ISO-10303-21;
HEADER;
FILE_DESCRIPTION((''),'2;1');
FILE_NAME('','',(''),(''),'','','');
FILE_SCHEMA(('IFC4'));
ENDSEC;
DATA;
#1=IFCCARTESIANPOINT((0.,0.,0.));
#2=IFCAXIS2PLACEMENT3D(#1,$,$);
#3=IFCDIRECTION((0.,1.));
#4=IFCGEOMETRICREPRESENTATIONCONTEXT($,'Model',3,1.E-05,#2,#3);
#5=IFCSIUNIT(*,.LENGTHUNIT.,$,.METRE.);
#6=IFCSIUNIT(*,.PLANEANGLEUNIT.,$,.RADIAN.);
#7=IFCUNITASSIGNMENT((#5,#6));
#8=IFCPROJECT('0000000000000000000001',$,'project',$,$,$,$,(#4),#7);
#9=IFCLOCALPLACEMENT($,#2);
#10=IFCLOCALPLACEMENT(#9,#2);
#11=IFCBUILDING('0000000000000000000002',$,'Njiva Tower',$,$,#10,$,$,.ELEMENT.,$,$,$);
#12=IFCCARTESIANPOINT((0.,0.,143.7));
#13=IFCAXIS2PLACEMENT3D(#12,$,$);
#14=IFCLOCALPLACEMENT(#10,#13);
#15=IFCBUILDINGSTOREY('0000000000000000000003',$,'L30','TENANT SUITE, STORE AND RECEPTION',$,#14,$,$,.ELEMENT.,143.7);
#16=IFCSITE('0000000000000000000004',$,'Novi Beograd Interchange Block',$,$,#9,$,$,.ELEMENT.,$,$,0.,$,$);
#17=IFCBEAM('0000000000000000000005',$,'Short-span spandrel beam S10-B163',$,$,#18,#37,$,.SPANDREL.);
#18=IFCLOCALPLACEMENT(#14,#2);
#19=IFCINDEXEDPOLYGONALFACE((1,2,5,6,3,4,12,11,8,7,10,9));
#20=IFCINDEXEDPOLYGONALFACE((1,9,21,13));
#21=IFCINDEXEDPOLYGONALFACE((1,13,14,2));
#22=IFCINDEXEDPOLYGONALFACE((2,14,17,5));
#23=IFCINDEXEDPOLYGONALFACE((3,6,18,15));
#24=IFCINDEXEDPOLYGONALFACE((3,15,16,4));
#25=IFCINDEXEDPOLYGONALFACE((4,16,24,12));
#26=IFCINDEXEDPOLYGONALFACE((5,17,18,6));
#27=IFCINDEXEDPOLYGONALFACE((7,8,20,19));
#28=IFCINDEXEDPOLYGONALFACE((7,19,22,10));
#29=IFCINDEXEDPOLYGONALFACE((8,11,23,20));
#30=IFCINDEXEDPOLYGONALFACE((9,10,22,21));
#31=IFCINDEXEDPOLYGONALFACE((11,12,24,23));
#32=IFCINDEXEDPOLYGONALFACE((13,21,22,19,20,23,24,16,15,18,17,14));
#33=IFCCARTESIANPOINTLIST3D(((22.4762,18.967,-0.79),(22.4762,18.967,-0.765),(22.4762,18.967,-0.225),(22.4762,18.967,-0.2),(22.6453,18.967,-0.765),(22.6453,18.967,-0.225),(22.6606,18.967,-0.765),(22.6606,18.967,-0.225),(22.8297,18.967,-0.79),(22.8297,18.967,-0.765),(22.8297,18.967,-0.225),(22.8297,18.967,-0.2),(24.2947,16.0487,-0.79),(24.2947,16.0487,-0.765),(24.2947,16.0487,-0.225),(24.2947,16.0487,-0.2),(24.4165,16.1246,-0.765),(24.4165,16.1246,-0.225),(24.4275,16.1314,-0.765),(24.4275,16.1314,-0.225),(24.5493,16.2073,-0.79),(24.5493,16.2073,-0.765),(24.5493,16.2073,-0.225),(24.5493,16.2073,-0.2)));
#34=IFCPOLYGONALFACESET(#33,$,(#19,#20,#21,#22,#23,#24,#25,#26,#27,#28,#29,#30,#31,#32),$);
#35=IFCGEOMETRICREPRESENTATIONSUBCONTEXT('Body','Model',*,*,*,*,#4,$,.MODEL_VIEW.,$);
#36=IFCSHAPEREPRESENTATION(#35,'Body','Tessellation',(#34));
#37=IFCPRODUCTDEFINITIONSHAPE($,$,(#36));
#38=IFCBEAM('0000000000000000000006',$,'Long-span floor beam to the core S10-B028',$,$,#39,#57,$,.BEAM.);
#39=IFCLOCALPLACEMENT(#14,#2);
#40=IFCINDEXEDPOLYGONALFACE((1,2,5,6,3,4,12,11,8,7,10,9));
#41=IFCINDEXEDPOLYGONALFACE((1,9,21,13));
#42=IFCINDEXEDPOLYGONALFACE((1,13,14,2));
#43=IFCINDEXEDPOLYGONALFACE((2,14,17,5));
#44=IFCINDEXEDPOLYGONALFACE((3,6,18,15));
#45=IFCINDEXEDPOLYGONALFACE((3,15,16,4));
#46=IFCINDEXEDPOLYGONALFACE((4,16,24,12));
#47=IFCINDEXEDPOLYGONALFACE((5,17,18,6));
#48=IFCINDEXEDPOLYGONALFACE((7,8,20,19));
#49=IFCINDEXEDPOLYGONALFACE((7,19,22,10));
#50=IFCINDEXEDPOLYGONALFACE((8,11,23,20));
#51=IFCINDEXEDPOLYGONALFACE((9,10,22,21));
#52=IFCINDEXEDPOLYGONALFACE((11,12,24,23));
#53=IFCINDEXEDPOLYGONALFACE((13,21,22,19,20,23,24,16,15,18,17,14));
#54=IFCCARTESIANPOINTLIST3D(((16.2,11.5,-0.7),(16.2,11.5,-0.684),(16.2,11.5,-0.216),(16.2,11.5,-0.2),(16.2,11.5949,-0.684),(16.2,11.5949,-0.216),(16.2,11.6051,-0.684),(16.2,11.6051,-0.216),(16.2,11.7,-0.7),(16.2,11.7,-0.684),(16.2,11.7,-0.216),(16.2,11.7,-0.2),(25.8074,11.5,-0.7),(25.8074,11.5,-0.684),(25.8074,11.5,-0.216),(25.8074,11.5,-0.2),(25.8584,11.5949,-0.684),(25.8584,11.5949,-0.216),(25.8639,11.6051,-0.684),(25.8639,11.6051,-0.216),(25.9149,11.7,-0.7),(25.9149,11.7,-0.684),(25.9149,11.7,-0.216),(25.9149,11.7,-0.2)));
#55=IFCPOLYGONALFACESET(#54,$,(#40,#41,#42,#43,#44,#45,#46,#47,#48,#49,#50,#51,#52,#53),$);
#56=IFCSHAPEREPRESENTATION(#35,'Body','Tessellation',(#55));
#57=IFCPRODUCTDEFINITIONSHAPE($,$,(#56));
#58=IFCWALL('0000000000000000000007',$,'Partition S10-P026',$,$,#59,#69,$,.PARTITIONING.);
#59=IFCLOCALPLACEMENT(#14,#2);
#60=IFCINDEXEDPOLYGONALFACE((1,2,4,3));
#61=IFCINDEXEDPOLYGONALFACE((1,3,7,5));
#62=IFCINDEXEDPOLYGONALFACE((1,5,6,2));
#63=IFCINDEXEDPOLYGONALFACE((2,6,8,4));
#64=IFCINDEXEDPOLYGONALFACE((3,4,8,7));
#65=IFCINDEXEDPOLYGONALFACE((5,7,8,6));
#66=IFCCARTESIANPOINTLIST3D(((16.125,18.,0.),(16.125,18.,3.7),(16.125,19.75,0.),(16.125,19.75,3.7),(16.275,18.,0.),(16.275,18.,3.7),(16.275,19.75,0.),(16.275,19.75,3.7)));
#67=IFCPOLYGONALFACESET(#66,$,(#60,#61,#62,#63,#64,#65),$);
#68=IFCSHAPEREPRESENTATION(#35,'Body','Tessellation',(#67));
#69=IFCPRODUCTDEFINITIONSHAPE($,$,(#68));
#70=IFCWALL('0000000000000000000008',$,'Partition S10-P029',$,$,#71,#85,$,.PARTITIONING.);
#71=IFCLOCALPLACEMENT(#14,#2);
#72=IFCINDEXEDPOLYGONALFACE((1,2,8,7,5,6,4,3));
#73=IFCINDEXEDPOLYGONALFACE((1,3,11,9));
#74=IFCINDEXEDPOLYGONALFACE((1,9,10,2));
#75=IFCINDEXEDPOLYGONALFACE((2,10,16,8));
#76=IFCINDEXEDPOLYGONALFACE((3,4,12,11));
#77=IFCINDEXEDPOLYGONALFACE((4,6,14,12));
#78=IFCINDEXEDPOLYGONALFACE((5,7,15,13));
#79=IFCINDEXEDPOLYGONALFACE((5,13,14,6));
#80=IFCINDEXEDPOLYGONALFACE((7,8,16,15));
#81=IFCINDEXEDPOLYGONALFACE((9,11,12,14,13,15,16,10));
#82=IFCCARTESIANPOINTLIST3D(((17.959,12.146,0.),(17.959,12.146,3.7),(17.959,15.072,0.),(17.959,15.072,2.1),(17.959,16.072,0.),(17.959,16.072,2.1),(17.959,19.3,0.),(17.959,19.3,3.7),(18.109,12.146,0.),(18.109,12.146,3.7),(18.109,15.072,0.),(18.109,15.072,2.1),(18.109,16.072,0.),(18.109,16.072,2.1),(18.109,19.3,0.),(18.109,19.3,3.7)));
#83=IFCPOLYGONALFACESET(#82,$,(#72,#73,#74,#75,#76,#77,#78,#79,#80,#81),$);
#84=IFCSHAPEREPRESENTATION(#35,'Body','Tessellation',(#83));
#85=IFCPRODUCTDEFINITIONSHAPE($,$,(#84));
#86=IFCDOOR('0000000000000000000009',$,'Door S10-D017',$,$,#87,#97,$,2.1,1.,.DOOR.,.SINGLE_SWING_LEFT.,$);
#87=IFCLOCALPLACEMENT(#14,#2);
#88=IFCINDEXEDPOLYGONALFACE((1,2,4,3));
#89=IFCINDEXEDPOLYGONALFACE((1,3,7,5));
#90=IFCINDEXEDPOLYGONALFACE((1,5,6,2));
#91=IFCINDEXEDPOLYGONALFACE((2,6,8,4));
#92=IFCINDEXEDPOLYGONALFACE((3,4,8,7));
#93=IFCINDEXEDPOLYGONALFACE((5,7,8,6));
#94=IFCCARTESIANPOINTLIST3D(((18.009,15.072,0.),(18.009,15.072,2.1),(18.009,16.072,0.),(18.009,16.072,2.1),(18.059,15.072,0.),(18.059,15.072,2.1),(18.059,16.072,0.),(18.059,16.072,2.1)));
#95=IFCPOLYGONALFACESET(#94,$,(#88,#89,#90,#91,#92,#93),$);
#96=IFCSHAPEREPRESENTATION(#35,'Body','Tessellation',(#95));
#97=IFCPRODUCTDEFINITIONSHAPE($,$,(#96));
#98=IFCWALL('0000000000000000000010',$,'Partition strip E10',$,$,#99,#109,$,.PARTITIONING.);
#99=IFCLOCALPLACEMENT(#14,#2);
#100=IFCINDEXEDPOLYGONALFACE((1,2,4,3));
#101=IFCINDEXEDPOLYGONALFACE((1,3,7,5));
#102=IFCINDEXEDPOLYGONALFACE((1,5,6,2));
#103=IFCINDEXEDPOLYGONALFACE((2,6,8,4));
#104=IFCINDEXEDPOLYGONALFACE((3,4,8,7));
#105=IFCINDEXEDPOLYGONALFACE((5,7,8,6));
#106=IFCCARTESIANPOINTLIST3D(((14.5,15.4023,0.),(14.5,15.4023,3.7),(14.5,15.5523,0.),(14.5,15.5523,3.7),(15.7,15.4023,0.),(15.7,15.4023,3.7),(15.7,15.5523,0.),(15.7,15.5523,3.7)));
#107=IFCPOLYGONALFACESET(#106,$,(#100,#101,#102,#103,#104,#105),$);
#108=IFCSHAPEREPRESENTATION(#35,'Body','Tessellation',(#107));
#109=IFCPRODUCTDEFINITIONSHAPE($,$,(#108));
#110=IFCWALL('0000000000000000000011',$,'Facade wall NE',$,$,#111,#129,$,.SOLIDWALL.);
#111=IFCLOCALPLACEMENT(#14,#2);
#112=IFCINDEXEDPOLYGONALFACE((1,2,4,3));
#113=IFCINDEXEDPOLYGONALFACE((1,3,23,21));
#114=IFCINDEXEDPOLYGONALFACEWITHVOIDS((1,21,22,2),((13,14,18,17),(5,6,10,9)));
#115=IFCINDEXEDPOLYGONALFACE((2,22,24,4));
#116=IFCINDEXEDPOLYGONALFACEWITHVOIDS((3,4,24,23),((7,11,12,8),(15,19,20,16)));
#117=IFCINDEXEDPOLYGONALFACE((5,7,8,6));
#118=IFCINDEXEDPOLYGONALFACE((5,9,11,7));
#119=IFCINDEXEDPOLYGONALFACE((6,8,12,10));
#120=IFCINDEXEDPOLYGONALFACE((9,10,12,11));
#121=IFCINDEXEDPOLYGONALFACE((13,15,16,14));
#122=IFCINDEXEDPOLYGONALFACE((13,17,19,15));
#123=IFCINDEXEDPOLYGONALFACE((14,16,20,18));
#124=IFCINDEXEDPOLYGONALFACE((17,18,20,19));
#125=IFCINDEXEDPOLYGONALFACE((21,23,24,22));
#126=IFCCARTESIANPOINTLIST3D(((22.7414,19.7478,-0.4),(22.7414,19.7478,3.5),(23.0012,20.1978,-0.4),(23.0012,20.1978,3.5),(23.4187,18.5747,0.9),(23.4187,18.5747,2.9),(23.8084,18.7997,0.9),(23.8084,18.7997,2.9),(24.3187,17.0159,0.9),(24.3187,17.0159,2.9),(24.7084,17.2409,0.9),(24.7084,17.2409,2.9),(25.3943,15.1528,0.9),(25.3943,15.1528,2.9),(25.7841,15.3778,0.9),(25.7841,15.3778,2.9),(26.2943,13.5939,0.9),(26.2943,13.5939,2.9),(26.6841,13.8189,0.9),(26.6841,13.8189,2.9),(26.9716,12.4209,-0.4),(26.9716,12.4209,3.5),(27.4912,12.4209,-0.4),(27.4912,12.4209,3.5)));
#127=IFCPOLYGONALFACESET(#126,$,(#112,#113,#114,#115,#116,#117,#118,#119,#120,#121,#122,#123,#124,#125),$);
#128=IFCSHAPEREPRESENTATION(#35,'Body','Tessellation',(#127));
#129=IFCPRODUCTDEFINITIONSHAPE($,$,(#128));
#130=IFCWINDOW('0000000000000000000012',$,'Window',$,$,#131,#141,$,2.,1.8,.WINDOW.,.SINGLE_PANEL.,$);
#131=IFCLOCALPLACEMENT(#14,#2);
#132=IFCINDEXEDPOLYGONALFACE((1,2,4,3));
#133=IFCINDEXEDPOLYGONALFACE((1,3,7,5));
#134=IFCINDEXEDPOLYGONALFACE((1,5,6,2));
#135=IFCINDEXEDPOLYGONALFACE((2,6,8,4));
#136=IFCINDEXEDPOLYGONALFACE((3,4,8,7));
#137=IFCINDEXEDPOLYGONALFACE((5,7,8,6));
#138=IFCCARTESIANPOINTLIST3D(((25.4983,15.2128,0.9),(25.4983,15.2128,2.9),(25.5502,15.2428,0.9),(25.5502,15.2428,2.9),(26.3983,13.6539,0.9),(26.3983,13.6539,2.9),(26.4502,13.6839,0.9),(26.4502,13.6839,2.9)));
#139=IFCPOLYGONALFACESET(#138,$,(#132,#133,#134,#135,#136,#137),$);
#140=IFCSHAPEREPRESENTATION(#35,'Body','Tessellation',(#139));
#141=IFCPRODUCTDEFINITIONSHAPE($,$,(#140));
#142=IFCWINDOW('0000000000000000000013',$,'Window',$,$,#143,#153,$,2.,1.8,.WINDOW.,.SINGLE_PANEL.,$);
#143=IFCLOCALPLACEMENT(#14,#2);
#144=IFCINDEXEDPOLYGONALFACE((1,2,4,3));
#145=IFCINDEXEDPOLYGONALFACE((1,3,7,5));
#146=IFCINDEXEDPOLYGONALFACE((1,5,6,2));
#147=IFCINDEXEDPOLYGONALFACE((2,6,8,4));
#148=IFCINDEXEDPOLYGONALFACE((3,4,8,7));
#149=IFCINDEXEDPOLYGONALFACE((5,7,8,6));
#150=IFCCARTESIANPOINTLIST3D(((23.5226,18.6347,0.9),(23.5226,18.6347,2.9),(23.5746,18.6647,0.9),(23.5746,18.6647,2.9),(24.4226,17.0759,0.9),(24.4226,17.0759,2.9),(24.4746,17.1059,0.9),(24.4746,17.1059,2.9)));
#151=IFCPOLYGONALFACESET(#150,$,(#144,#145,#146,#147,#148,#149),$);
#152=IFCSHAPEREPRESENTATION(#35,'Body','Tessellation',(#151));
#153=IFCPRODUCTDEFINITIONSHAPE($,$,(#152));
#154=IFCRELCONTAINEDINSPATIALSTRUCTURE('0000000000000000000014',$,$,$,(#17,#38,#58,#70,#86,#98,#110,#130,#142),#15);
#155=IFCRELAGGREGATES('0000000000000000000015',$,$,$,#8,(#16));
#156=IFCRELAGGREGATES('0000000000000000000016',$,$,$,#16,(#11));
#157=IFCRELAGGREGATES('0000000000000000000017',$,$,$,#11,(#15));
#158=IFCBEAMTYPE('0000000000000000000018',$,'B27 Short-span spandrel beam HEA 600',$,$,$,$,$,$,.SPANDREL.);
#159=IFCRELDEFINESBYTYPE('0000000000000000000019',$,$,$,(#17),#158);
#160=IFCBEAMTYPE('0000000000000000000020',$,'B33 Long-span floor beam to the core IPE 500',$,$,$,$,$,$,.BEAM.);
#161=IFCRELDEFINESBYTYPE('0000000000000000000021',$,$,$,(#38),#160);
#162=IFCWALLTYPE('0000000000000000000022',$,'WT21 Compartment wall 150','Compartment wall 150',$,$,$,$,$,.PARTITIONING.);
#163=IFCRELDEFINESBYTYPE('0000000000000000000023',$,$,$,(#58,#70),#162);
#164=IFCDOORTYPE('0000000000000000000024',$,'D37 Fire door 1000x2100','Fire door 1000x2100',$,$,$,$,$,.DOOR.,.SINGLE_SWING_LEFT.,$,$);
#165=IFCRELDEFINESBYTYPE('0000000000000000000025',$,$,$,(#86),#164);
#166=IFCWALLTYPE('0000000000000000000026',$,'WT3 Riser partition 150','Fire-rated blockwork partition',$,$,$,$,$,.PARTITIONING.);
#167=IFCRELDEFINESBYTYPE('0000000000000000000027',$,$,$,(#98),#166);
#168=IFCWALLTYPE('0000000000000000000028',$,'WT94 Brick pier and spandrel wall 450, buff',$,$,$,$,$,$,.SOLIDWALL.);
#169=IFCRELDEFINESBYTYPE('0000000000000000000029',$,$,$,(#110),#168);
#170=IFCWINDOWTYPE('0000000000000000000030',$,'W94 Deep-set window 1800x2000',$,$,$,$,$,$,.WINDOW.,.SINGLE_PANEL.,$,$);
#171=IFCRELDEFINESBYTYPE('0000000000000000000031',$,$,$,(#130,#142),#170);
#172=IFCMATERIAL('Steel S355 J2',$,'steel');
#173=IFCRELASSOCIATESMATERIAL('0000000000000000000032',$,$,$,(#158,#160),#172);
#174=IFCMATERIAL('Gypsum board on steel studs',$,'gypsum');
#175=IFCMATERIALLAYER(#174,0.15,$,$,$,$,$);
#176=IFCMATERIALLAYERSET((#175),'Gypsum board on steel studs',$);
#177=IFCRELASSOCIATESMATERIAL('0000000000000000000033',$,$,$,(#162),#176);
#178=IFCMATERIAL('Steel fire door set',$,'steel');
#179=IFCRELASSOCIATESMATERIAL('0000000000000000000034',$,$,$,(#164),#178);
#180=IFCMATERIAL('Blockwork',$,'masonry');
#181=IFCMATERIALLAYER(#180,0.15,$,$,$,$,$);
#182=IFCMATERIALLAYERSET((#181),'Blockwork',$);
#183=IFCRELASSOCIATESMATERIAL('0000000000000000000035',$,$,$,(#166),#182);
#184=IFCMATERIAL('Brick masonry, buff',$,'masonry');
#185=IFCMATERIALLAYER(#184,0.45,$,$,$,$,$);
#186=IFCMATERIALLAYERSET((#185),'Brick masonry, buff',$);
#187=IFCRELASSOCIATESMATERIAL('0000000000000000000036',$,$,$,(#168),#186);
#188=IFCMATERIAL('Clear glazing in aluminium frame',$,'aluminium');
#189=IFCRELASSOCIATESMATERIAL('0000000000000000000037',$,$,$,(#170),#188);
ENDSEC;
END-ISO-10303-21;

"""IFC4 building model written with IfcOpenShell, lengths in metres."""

from ifc_helpers import new_model, si_unit, direction, frame, frame_2d, origin, origin_2d, place, context, subcontext, project, spatial, polyline, rectangle, i_section, outline, extrude, clip, halfspace, material, layer, layer_set, material_profile, profile_set, type_object, element, fill, save


model = new_model("IFC4")

# Units and contexts
model_context = context("Model", 3, precision=1e-05, world=origin(), true_north=direction((0.0, 1.0)))
body_context = subcontext(model_context, "Body", "Model", "MODEL_VIEW")
ifc_project = project(units=[si_unit("LENGTHUNIT", "METRE"), si_unit("PLANEANGLEUNIT", "RADIAN")], contexts=[model_context])

# Site, building, storey
site_placement = place(None, origin())
site = spatial("IfcSite", under=ifc_project, at=site_placement, Name="Novi Beograd Interchange Block", CompositionType="ELEMENT", RefElevation=0.0)
building_placement = place(site_placement, origin())
building = spatial("IfcBuilding", under=site, at=building_placement, Name="Njiva Tower", CompositionType="ELEMENT")
storey_placement = place(building_placement, frame((0.0, 0.0, 143.7)))
storey = spatial("IfcBuildingStorey", under=building, at=storey_placement, Name="L30", Description="TENANT SUITE, STORE AND RECEPTION", CompositionType="ELEMENT", Elevation=143.7)

# Shared definitions
ifc_material_1 = material(Name="Steel S355 J2", Category="steel")

# Beams
ifc_material_profile_1 = material_profile(ifc_material_1, i_section(OverallWidth=0.3, OverallDepth=0.59, WebThickness=0.013, FlangeThickness=0.025, at=origin_2d()), Name="HEA 600")
ifc_profile_set_1 = profile_set([ifc_material_profile_1], Name="Steel S355 J2")
beam_type_1 = type_object("IfcBeamType", Name="B27 Short-span spandrel beam HEA 600", PredefinedType="SPANDREL", material=ifc_profile_set_1)
beam_1_placement = place(storey_placement, frame((24.422, 16.128, -0.495), z_axis=(-0.528843, 0.84872, 0.0), x_axis=(-0.84872, -0.528843, 0.0)))
element("IfcBeam", 1, at=beam_1_placement, inside=storey, type_object=beam_type_1, Name="Short-span spandrel beam S10-B163", PredefinedType="SPANDREL", context=body_context, shape_type="Clipping", body=[
    clip(extrude(i_section(OverallWidth=0.3, OverallDepth=0.59, WebThickness=0.013, FlangeThickness=0.025, at=origin_2d()), origin(), (0.0, 0.0, 1.0), 3.458), halfspace(frame((-0.0266, 0.0, 3.3285), z_axis=(-0.528843, 0.0, 0.84872), x_axis=(0.0, 1.0, 0.0)), False)),
])
ifc_material_profile_2 = material_profile(ifc_material_1, i_section(OverallWidth=0.2, OverallDepth=0.5, WebThickness=0.0102, FlangeThickness=0.016, at=origin_2d()), Name="IPE 500")
ifc_profile_set_2 = profile_set([ifc_material_profile_2], Name="Steel S355 J2")
beam_type_2 = type_object("IfcBeamType", Name="B33 Long-span floor beam to the core IPE 500", PredefinedType="BEAM", material=ifc_profile_set_2)
beam_2_placement = place(storey_placement, frame((16.2, 11.6, -0.45), z_axis=(1.0, 0.0, 0.0), x_axis=(0.0, 1.0, 0.0)))
element("IfcBeam", 2, at=beam_2_placement, inside=storey, type_object=beam_type_2, Name="Long-span floor beam to the core S10-B028", PredefinedType="BEAM", context=body_context, shape_type="Clipping", body=[
    clip(extrude(i_section(OverallWidth=0.2, OverallDepth=0.5, WebThickness=0.0102, FlangeThickness=0.016, at=origin_2d()), origin(), (0.0, 0.0, 1.0), 9.735), halfspace(frame((-0.0237, 0.0, 9.6484), z_axis=(-0.473777, 0.0, 0.880645), x_axis=(0.0, 1.0, 0.0)), False)),
])

# Wall
ifc_material_2 = material(Name="Gypsum board on steel studs", Category="gypsum")
ifc_layer_1 = layer(ifc_material_2, 0.15)
ifc_layer_set_1 = layer_set([ifc_layer_1], Name="Gypsum board on steel studs")
wall_type_1 = type_object("IfcWallType", Name="WT21 Compartment wall 150", Description="Compartment wall 150", PredefinedType="PARTITIONING", material=ifc_layer_set_1)
wall_1_placement = place(storey_placement, frame((16.2, 18.0, 0.0), z_axis=(0.0, 0.0, 1.0), x_axis=(0.0, 1.0, 0.0)))
element("IfcWall", 3, at=wall_1_placement, inside=storey, type_object=wall_type_1, Name="Partition S10-P026", PredefinedType="PARTITIONING", context=body_context, shape_type="SweptSolid", body=[
    extrude(rectangle(XDim=1.75, YDim=0.15, at=frame_2d((0.875, 0.0))), origin(), (0.0, 0.0, 1.0), 3.7),
])

# Wall, opening, door
wall_2_placement = place(storey_placement, frame((18.034, 12.146, 0.0), z_axis=(0.0, 0.0, 1.0), x_axis=(0.0, 1.0, 0.0)))
wall_2 = element("IfcWall", 4, at=wall_2_placement, inside=storey, type_object=wall_type_1, Name="Partition S10-P029", PredefinedType="PARTITIONING", context=body_context, shape_type="SweptSolid", body=[
    extrude(rectangle(XDim=7.154, YDim=0.15, at=frame_2d((3.577, 0.0))), origin(), (0.0, 0.0, 1.0), 3.7),
])
opening_1_placement = place(wall_2_placement, frame((2.926, 0.0, 0.0)))
opening_1 = element("IfcOpeningElement", 5, at=opening_1_placement, cuts=wall_2, PredefinedType="OPENING", context=body_context, shape_type="SweptSolid", body=[
    extrude(rectangle(XDim=1.0, YDim=2.1, at=frame_2d((0.5, 1.05))), frame((0.0, 0.085, 0.0), z_axis=(0.0, -1.0, 0.0), x_axis=(1.0, 0.0, 0.0)), (0.0, 0.0, 1.0), 0.17),
])
ifc_material_3 = material(Name="Steel fire door set", Category="steel")
door_type = type_object("IfcDoorType", Name="D37 Fire door 1000x2100", Description="Fire door 1000x2100", OperationType="SINGLE_SWING_LEFT", PredefinedType="DOOR", material=ifc_material_3)
door_placement = place(opening_1_placement, origin())
door = element("IfcDoor", 6, at=door_placement, inside=storey, type_object=door_type, Name="Door S10-D017", OperationType="SINGLE_SWING_LEFT", OverallHeight=2.1, OverallWidth=1.0, PredefinedType="DOOR", context=body_context, shape_type="SweptSolid", body=[
    extrude(rectangle(XDim=1.0, YDim=2.1, at=frame_2d((0.5, 1.05))), frame((0.0, 0.025, 0.0), z_axis=(0.0, -1.0, 0.0), x_axis=(1.0, 0.0, 0.0)), (0.0, 0.0, 1.0), 0.05),
])
fill(opening_1, door)

# Wall
ifc_material_4 = material(Name="Blockwork", Category="masonry")
ifc_layer_2 = layer(ifc_material_4, 0.15)
ifc_layer_set_2 = layer_set([ifc_layer_2], Name="Blockwork")
wall_type_2 = type_object("IfcWallType", Name="WT3 Riser partition 150", Description="Fire-rated blockwork partition", PredefinedType="PARTITIONING", material=ifc_layer_set_2)
wall_3_placement = place(storey_placement, frame((14.5, 15.4773, 0.0), z_axis=(0.0, 0.0, 1.0), x_axis=(1.0, 0.0, 0.0)))
element("IfcWall", 7, at=wall_3_placement, inside=storey, type_object=wall_type_2, Name="Partition strip E10", PredefinedType="PARTITIONING", context=body_context, shape_type="SweptSolid", body=[
    extrude(rectangle(XDim=1.2, YDim=0.15, at=frame_2d((0.6, 0.0))), origin(), (0.0, 0.0, 1.0), 3.7),
])

# Wall, openings, windows
ifc_material_5 = material(Name="Clear glazing in aluminium frame", Category="aluminium")
ifc_material_6 = material(Name="Brick masonry, buff", Category="masonry")
ifc_layer_3 = layer(ifc_material_6, 0.45)
ifc_layer_set_3 = layer_set([ifc_layer_3], Name="Brick masonry, buff")
wall_type_3 = type_object("IfcWallType", Name="WT94 Brick pier and spandrel wall 450, buff", PredefinedType="SOLIDWALL", material=ifc_layer_set_3)
wall_4_placement = place(storey_placement, frame((27.2314, 12.4209, -0.4), z_axis=(0.0, 0.0, 1.0), x_axis=(-0.500001, 0.866025, 0.0)))
wall_4 = element("IfcWall", 8, at=wall_4_placement, inside=storey, type_object=wall_type_3, Name="Facade wall NE", PredefinedType="SOLIDWALL", context=body_context, shape_type="SweptSolid", body=[
    extrude(outline(polyline([(-0.1299, -0.225), (8.8501, -0.225), (8.5903, 0.225), (0.1299, 0.225), (-0.1299, -0.225)])), origin(), (0.0, 0.0, 1.0), 3.9),
])
opening_2_placement = place(wall_4_placement, frame((1.4844, 0.0, 1.3)))
opening_2 = element("IfcOpeningElement", 9, at=opening_2_placement, cuts=wall_4, PredefinedType="OPENING", context=body_context, shape_type="SweptSolid", body=[
    extrude(rectangle(XDim=1.8, YDim=2.0, at=frame_2d((0.9, 1.0))), frame((0.0, 0.235, 0.0), z_axis=(0.0, -1.0, 0.0), x_axis=(1.0, 0.0, 0.0)), (0.0, 0.0, 1.0), 0.47),
])
opening_3_placement = place(wall_4_placement, frame((5.4357, 0.0, 1.3)))
opening_3 = element("IfcOpeningElement", 10, at=opening_3_placement, cuts=wall_4, PredefinedType="OPENING", context=body_context, shape_type="SweptSolid", body=[
    extrude(rectangle(XDim=1.8, YDim=2.0, at=frame_2d((0.9, 1.0))), frame((0.0, 0.235, 0.0), z_axis=(0.0, -1.0, 0.0), x_axis=(1.0, 0.0, 0.0)), (0.0, 0.0, 1.0), 0.47),
])
window_type_1 = type_object("IfcWindowType", Name="W94 Deep-set window 1800x2000", PartitioningType="SINGLE_PANEL", PredefinedType="WINDOW", material=ifc_material_5)
window_1_placement = place(opening_2_placement, origin())
window_1 = element("IfcWindow", 11, at=window_1_placement, inside=storey, type_object=window_type_1, Name="Window", OverallHeight=2.0, OverallWidth=1.8, PartitioningType="SINGLE_PANEL", PredefinedType="WINDOW", context=body_context, shape_type="SweptSolid", body=[
    extrude(rectangle(XDim=1.8, YDim=2.0, at=frame_2d((0.9, 1.0))), frame((0.0, 0.105, 0.0), z_axis=(0.0, -1.0, 0.0), x_axis=(1.0, 0.0, 0.0)), (0.0, 0.0, 1.0), 0.06),
])
fill(opening_2, window_1)
window_2_placement = place(opening_3_placement, origin())
window_2 = element("IfcWindow", 12, at=window_2_placement, inside=storey, type_object=window_type_1, Name="Window", OverallHeight=2.0, OverallWidth=1.8, PartitioningType="SINGLE_PANEL", PredefinedType="WINDOW", context=body_context, shape_type="SweptSolid", body=[
    extrude(rectangle(XDim=1.8, YDim=2.0, at=frame_2d((0.9, 1.0))), frame((0.0, 0.105, 0.0), z_axis=(0.0, -1.0, 0.0), x_axis=(1.0, 0.0, 0.0)), (0.0, 0.0, 1.0), 0.06),
])
fill(opening_3, window_2)

save(model, "model.ifc")
